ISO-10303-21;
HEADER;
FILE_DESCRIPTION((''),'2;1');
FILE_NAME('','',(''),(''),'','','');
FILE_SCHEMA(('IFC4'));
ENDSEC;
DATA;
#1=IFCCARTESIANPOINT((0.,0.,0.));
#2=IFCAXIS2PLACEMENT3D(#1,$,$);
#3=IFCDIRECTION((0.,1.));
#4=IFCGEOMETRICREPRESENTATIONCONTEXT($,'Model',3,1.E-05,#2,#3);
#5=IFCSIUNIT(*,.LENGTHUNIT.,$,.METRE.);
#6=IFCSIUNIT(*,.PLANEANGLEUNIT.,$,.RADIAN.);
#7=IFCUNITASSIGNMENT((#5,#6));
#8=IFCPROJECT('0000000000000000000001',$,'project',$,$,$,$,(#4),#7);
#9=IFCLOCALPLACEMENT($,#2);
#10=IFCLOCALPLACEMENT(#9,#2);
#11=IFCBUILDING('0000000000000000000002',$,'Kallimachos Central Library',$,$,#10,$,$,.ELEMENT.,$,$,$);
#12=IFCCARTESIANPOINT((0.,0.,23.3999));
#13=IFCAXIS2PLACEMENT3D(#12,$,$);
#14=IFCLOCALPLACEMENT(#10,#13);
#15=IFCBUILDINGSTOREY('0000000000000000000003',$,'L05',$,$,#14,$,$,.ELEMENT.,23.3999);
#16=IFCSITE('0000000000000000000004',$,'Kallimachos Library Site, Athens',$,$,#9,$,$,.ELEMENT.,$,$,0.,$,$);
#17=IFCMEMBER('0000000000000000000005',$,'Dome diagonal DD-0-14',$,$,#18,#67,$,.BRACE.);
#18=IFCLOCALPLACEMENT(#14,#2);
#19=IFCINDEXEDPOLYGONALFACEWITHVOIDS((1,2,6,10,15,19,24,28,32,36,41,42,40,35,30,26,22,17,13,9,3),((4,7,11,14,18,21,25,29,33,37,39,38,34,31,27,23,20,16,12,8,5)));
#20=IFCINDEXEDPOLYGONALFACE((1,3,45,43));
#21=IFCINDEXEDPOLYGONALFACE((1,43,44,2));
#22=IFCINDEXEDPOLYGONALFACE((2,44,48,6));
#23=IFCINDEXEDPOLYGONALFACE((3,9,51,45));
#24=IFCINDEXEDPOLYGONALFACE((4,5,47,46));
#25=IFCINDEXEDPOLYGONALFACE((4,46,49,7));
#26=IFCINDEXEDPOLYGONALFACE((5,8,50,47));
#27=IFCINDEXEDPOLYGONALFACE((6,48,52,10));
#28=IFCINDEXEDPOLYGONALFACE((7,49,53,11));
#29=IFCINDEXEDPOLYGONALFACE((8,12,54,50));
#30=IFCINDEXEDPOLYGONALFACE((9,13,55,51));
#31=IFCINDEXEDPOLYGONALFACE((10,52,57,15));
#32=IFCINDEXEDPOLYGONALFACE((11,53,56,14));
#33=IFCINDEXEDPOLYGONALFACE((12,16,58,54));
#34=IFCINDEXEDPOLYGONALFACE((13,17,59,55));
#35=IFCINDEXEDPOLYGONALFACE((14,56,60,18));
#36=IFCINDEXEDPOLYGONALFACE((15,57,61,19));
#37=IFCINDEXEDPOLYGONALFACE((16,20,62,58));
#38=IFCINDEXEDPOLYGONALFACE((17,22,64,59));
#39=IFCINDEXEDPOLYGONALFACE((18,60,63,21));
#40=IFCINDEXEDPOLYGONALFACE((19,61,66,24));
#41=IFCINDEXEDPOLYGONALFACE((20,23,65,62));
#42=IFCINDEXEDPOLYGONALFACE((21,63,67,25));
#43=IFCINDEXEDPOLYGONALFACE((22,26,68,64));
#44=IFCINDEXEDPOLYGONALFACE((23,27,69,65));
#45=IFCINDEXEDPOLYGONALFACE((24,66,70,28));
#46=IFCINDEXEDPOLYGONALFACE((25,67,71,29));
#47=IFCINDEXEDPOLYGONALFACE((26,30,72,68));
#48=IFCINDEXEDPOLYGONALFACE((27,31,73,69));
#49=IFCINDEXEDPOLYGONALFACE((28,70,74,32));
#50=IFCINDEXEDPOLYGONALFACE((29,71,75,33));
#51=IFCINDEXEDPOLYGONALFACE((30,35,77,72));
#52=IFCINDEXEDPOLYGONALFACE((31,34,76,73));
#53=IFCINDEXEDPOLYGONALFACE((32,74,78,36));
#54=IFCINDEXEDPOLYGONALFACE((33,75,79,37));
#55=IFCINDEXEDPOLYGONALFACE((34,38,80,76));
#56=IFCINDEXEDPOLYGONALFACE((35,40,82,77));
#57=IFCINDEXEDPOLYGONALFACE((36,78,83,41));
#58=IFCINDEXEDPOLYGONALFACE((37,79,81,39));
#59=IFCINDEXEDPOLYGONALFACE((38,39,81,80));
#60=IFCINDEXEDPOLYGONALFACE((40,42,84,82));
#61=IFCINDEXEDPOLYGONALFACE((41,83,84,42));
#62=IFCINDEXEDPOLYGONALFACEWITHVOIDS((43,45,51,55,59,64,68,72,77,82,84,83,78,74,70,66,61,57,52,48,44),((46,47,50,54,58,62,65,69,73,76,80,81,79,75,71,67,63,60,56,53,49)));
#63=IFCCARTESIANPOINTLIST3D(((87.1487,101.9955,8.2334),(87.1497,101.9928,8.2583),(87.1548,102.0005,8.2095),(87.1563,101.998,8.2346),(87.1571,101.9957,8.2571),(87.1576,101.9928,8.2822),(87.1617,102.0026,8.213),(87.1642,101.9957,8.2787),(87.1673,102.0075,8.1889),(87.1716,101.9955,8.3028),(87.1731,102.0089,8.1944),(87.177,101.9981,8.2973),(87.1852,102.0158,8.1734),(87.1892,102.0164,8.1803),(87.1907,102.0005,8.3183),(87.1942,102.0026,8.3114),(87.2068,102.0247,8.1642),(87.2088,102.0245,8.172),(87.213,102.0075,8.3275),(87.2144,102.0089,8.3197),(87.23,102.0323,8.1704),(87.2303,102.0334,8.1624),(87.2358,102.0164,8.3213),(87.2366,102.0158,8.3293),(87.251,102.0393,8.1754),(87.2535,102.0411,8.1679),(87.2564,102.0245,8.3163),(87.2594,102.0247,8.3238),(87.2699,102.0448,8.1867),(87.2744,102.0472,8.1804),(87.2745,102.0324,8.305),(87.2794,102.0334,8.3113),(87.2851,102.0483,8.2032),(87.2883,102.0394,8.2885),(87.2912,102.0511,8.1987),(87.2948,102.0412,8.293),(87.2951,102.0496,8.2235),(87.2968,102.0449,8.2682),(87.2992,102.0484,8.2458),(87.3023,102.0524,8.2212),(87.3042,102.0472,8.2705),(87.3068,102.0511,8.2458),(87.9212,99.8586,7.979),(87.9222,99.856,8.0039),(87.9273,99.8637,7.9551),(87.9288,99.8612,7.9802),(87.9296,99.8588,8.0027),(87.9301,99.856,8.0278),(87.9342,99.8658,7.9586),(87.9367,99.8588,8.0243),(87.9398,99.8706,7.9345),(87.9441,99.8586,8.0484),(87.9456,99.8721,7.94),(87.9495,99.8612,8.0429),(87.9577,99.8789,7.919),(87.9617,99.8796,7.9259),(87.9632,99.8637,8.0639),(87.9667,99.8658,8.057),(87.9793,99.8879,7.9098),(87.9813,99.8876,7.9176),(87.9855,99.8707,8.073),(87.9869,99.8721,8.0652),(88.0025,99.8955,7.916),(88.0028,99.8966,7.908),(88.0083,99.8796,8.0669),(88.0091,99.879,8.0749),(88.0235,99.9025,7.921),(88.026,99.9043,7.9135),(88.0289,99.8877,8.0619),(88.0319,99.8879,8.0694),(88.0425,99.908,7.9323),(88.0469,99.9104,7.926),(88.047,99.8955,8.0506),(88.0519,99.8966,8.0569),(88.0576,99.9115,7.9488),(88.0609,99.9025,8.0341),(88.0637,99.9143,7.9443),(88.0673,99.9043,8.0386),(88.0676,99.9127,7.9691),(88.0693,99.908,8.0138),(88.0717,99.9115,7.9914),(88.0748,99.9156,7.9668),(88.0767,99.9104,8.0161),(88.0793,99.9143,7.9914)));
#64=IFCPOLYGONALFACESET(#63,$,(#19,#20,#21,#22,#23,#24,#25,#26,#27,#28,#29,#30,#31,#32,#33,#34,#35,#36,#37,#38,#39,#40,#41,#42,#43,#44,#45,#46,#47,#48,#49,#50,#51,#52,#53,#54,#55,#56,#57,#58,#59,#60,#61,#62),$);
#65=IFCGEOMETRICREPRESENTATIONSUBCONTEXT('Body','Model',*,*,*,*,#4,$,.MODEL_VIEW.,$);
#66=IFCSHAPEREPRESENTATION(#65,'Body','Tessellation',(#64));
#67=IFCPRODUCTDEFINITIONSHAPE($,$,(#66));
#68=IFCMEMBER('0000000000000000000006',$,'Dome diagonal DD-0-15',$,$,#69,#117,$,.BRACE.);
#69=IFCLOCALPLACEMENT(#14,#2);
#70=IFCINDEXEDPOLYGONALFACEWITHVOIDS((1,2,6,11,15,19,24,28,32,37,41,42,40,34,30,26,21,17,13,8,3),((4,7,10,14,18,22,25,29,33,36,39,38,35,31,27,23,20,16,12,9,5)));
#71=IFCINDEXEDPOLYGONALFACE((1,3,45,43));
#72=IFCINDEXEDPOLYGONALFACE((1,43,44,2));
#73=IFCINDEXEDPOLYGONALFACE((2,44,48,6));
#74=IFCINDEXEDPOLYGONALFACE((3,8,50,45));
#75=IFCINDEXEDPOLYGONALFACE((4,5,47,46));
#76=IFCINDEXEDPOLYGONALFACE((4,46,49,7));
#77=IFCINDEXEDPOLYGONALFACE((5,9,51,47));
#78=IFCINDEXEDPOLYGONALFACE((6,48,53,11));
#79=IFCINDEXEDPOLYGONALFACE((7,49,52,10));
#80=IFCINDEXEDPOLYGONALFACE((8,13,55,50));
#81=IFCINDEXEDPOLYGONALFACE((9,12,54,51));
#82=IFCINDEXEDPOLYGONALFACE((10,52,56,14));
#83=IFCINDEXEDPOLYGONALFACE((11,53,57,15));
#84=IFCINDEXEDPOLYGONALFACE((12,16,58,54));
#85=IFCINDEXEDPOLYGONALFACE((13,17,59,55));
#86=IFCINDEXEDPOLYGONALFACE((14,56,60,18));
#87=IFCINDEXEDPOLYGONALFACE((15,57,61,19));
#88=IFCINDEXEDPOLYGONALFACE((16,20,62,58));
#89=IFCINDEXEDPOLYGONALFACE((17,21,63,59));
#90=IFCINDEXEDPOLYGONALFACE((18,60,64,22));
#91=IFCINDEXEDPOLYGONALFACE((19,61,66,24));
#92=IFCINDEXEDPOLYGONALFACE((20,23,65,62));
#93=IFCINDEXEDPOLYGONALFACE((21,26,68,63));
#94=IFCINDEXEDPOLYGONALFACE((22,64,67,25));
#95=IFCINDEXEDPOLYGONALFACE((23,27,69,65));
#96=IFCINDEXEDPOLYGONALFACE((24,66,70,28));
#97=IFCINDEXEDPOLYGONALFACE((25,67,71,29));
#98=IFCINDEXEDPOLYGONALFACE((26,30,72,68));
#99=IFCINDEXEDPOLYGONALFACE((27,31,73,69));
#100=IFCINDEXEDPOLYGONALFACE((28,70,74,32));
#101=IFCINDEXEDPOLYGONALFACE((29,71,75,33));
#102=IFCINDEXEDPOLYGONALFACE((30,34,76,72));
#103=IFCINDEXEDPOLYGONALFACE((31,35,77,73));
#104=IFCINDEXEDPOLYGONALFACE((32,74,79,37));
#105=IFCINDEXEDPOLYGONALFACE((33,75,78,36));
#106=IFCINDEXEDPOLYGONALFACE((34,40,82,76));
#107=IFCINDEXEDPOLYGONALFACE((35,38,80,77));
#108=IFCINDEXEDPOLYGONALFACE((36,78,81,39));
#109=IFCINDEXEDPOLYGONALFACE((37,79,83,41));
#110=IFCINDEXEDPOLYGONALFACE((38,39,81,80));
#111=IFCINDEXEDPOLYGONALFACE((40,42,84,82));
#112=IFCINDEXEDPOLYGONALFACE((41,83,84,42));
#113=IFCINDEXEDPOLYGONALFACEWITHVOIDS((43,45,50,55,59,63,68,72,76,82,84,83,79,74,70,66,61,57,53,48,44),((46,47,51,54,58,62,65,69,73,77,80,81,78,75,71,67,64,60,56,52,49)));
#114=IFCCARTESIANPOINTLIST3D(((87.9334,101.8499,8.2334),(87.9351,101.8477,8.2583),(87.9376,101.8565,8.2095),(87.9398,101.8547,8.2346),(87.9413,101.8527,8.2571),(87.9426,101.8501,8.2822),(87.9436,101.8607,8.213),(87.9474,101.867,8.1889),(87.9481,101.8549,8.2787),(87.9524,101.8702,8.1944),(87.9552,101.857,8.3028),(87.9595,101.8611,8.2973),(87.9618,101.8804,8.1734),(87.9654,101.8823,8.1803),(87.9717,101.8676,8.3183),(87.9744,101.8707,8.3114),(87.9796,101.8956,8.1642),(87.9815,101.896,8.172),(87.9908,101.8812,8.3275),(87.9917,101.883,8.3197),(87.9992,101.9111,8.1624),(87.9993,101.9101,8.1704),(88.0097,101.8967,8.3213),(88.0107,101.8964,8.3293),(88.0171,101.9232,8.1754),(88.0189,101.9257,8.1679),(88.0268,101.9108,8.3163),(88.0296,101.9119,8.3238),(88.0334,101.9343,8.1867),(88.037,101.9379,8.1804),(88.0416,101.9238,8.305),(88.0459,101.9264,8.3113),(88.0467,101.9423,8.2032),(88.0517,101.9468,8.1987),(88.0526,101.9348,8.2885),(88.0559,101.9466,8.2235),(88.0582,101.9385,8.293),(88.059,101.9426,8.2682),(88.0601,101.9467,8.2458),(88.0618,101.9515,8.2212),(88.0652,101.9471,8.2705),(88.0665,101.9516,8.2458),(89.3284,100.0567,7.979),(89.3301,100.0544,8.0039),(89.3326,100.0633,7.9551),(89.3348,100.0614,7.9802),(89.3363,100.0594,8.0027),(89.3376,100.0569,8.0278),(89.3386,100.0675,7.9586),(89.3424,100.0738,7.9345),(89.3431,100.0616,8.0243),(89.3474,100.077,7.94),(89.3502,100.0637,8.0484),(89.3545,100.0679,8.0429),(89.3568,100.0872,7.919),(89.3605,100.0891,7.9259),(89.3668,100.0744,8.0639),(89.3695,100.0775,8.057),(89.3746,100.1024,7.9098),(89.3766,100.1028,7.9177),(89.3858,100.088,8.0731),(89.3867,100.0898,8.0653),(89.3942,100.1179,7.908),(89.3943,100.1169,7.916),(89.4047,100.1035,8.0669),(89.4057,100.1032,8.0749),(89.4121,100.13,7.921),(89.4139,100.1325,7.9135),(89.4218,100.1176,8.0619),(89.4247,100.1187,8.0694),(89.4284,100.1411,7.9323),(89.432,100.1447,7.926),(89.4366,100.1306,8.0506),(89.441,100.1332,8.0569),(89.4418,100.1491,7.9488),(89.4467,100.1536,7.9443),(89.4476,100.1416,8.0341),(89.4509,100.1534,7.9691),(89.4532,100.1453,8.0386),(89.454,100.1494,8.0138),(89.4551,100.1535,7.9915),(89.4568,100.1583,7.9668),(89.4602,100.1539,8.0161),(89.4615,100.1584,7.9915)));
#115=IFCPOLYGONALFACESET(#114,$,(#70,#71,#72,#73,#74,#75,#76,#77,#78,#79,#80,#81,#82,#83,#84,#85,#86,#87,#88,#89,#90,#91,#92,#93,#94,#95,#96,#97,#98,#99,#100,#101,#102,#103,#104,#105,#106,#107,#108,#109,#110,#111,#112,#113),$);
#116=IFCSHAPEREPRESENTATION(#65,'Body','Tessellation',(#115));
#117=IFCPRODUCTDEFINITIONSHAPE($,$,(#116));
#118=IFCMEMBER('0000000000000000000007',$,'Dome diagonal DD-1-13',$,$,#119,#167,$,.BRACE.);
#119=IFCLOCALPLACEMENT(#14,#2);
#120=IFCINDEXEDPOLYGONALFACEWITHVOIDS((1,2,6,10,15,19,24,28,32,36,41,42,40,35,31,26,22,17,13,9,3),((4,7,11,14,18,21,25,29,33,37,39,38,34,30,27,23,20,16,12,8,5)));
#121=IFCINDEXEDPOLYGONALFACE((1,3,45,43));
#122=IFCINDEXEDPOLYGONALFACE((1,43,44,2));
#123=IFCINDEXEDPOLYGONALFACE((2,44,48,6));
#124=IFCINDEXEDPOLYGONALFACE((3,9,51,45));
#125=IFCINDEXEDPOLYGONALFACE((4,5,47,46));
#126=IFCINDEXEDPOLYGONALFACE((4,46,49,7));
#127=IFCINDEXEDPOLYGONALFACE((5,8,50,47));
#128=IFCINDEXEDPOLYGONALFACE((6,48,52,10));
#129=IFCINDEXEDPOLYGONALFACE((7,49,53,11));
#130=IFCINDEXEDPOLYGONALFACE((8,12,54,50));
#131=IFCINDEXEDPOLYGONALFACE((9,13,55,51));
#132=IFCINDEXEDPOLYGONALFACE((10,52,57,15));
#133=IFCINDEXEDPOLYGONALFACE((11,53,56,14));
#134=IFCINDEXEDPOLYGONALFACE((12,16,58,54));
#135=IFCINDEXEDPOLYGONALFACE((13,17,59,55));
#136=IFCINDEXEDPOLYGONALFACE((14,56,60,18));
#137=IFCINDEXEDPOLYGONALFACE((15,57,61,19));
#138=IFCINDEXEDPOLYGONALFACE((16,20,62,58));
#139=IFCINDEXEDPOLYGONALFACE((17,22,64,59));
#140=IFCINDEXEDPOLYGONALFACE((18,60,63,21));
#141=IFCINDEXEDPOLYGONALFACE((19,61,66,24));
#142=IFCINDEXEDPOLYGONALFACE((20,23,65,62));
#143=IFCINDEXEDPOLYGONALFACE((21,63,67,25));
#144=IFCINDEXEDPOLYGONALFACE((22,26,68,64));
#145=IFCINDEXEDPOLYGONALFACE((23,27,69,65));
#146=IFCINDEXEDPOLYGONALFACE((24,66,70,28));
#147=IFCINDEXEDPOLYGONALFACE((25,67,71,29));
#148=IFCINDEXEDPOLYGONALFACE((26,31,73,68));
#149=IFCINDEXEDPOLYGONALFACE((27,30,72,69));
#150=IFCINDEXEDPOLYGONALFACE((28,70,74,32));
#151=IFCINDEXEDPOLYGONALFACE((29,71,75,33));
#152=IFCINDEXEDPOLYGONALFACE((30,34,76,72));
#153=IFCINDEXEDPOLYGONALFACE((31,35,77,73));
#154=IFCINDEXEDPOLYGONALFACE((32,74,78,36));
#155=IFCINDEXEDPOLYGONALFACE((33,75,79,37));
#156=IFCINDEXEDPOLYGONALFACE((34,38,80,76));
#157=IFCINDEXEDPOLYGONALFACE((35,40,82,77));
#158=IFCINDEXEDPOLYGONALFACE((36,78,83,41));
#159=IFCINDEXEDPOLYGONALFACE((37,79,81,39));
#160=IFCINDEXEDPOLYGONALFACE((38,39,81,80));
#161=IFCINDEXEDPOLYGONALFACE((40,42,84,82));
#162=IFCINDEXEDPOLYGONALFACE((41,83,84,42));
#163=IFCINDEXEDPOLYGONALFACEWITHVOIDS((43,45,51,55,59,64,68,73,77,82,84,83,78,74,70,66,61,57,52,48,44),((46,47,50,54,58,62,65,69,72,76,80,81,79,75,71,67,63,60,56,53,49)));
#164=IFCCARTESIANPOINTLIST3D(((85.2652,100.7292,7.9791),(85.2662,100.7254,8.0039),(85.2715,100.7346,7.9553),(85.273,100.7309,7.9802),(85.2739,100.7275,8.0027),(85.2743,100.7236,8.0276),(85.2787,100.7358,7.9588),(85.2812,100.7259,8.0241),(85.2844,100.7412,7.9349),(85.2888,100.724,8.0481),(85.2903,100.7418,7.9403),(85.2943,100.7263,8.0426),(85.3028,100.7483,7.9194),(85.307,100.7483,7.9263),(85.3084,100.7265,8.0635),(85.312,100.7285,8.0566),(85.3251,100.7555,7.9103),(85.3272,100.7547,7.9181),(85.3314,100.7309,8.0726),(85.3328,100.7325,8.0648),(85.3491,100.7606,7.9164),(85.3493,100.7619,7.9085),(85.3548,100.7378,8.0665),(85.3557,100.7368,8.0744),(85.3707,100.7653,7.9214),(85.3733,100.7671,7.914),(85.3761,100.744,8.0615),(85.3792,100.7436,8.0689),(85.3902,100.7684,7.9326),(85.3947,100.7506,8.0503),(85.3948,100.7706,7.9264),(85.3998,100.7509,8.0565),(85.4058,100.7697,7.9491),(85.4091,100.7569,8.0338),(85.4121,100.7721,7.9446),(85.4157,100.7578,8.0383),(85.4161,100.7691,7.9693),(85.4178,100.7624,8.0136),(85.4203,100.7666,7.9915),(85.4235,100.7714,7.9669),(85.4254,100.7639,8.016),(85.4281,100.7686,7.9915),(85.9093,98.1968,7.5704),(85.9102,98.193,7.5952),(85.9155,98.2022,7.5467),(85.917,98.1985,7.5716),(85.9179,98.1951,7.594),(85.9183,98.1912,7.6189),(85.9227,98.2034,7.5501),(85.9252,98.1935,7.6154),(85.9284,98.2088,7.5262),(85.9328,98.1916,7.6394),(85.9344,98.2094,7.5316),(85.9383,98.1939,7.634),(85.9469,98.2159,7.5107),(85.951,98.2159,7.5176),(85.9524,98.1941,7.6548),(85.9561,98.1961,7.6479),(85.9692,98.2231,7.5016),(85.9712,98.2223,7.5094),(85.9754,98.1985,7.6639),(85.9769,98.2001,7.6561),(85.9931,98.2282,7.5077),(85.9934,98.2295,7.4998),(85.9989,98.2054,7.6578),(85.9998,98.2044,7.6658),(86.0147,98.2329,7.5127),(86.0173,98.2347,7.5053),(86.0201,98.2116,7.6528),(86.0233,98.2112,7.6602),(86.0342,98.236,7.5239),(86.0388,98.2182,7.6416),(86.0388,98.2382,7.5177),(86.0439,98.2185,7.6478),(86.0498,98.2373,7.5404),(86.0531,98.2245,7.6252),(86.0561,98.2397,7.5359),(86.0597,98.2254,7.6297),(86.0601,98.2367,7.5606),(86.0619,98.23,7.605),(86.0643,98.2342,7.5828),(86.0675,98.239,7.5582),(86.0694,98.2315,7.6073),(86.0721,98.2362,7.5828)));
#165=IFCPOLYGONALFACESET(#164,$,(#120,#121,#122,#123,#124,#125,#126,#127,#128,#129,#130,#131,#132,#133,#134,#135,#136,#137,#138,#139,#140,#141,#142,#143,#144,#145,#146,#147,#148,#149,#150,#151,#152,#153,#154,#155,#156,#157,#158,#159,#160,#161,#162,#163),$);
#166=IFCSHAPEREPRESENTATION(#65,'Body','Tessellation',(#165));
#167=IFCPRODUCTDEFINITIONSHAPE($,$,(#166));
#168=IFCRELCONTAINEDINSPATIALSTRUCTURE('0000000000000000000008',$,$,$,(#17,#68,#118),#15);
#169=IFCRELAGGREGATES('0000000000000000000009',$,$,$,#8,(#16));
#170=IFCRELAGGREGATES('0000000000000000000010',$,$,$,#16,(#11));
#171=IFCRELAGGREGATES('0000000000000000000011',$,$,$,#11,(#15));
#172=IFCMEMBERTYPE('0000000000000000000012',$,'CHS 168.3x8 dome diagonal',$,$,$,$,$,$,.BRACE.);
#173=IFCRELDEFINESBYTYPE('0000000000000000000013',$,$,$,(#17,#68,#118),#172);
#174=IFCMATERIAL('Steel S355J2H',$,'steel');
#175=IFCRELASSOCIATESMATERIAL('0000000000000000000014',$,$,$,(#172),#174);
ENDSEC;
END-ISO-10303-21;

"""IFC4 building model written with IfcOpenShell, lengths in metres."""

from ifc_helpers import new_model, si_unit, direction, frame, origin, origin_2d, place, context, subcontext, project, spatial, hollow_circle, extrude, material, material_profile, profile_set, type_object, element, save


model = new_model("IFC4")

# Units and contexts
model_context = context("Model", 3, precision=1e-05, world=origin(), true_north=direction((0.0, 1.0)))
body_context = subcontext(model_context, "Body", "Model", "MODEL_VIEW")
ifc_project = project(units=[si_unit("LENGTHUNIT", "METRE"), si_unit("PLANEANGLEUNIT", "RADIAN")], contexts=[model_context])

# Site, building, storey
site_placement = place(None, origin())
site = spatial("IfcSite", under=ifc_project, at=site_placement, Name="Kallimachos Library Site, Athens", CompositionType="ELEMENT", RefElevation=0.0)
building_placement = place(site_placement, origin())
building = spatial("IfcBuilding", under=site, at=building_placement, Name="Kallimachos Central Library", CompositionType="ELEMENT")
storey_placement = place(building_placement, frame((0.0, 0.0, 23.3999)))
storey = spatial("IfcBuildingStorey", under=building, at=storey_placement, Name="L05", CompositionType="ELEMENT", Elevation=23.3999)

# Members
ifc_material_1 = material(Name="Steel S355J2H", Category="steel")
ifc_material_profile_1 = material_profile(ifc_material_1, hollow_circle(Radius=0.0842, WallThickness=0.0081, at=origin_2d()), Name="CHS 168.3x8")
ifc_profile_set_1 = profile_set([ifc_material_profile_1], Name="Steel S355J2H")
member_type_1 = type_object("IfcMemberType", Name="CHS 168.3x8 dome diagonal", PredefinedType="BRACE", material=ifc_profile_set_1)
member_1_placement = place(storey_placement, frame((87.2275, 102.0225, 8.2458), z_axis=(0.337871, -0.934592, -0.111271), x_axis=(0.940432, 0.339982, 0.0)))
element("IfcMember", 1, at=member_1_placement, inside=storey, type_object=member_type_1, Name="Dome diagonal DD-0-14", PredefinedType="BRACE", context=body_context, shape_type="SweptSolid", body=[
    extrude(hollow_circle(Radius=0.0842, WallThickness=0.0081, at=origin_2d()), origin(), (0.0, 0.0, 1.0), 2.2864),
])
member_2_placement = place(storey_placement, frame((88.0, 101.8999, 8.2458), z_axis=(0.610209, -0.784387, -0.111277), x_axis=(0.789289, 0.614022, 0.0)))
element("IfcMember", 2, at=member_2_placement, inside=storey, type_object=member_type_1, Name="Dome diagonal DD-0-15", PredefinedType="BRACE", context=body_context, shape_type="SweptSolid", body=[
    extrude(hollow_circle(Radius=0.0842, WallThickness=0.0081, at=origin_2d()), origin(), (0.0, 0.0, 1.0), 2.2861),
])
member_3_placement = place(storey_placement, frame((85.3464, 100.7478, 7.9915), z_axis=(0.243508, -0.95751, -0.154524), x_axis=(0.969151, 0.246469, 0.0)))
element("IfcMember", 3, at=member_3_placement, inside=storey, type_object=member_type_1, Name="Dome diagonal DD-1-13", PredefinedType="BRACE", context=body_context, shape_type="SweptSolid", body=[
    extrude(hollow_circle(Radius=0.0842, WallThickness=0.0081, at=origin_2d()), origin(), (0.0, 0.0, 1.0), 2.6448),
])

save(model, "model.ifc")
